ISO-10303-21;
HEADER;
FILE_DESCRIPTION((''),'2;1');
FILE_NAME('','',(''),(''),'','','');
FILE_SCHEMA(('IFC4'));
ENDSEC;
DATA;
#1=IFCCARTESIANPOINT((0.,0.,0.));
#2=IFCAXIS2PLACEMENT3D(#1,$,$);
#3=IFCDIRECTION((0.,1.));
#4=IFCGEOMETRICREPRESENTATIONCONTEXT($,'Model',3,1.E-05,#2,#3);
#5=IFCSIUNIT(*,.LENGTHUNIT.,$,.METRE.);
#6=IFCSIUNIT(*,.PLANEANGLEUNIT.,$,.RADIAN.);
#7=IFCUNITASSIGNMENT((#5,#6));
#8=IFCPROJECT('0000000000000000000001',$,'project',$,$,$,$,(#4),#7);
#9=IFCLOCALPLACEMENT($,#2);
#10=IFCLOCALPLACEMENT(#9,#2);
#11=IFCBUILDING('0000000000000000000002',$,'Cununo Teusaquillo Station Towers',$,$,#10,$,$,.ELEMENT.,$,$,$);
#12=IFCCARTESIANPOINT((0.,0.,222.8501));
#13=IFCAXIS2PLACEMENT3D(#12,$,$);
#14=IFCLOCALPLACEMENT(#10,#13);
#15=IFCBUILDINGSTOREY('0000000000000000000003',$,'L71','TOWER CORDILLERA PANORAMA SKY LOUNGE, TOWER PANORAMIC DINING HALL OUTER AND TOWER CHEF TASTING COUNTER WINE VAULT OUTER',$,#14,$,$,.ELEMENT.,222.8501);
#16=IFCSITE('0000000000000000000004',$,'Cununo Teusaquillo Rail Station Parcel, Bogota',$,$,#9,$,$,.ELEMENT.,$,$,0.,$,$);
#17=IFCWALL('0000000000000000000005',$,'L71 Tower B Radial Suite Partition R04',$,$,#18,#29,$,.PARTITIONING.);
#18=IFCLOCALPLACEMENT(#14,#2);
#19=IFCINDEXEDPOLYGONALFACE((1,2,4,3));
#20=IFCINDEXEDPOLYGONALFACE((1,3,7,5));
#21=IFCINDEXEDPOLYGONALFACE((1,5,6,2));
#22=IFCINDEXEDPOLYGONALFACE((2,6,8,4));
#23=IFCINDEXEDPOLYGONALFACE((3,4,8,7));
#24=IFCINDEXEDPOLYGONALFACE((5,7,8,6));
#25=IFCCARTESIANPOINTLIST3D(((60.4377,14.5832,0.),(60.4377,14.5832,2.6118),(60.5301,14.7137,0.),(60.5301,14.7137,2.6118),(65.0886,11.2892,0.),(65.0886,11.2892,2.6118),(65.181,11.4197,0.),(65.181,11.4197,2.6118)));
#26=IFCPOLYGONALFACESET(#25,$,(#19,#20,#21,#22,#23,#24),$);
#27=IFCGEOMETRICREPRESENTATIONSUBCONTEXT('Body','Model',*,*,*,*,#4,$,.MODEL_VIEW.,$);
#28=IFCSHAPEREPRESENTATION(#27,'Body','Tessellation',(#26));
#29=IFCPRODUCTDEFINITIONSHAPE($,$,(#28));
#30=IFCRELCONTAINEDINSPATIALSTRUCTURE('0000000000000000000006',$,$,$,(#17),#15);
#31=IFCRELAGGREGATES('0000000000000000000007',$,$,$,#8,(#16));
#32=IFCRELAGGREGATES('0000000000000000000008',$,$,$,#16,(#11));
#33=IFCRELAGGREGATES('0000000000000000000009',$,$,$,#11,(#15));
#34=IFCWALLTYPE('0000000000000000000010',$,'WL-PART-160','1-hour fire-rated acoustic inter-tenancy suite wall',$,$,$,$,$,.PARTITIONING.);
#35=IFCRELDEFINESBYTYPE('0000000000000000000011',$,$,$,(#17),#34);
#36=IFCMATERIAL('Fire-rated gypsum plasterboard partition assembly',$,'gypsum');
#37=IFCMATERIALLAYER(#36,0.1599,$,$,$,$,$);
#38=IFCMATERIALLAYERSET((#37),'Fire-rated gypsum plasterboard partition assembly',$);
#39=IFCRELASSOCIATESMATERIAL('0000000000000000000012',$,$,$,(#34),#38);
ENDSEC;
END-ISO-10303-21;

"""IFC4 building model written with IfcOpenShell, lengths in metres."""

from ifc_helpers import new_model, si_unit, direction, frame, frame_2d, origin, place, context, subcontext, project, spatial, rectangle, extrude, material, layer, layer_set, type_object, element, save


model = new_model("IFC4")

# Units and contexts
model_context = context("Model", 3, precision=1e-05, world=origin(), true_north=direction((0.0, 1.0)))
body_context = subcontext(model_context, "Body", "Model", "MODEL_VIEW")
ifc_project = project(units=[si_unit("LENGTHUNIT", "METRE"), si_unit("PLANEANGLEUNIT", "RADIAN")], contexts=[model_context])

# Site, building, storey
site_placement = place(None, origin())
site = spatial("IfcSite", under=ifc_project, at=site_placement, Name="Cununo Teusaquillo Rail Station Parcel, Bogota", CompositionType="ELEMENT", RefElevation=0.0)
building_placement = place(site_placement, origin())
building = spatial("IfcBuilding", under=site, at=building_placement, Name="Cununo Teusaquillo Station Towers", CompositionType="ELEMENT")
storey_placement = place(building_placement, frame((0.0, 0.0, 222.8501)))
storey = spatial("IfcBuildingStorey", under=building, at=storey_placement, Name="L71", Description="TOWER CORDILLERA PANORAMA SKY LOUNGE, TOWER PANORAMIC DINING HALL OUTER AND TOWER CHEF TASTING COUNTER WINE VAULT OUTER", CompositionType="ELEMENT", Elevation=222.8501)

# Wall
ifc_material_1 = material(Name="Fire-rated gypsum plasterboard partition assembly", Category="gypsum")
ifc_layer_1 = layer(ifc_material_1, 0.1599)
ifc_layer_set_1 = layer_set([ifc_layer_1], Name="Fire-rated gypsum plasterboard partition assembly")
wall_type_1 = type_object("IfcWallType", Name="WL-PART-160", Description="1-hour fire-rated acoustic inter-tenancy suite wall", PredefinedType="PARTITIONING", material=ifc_layer_set_1)
wall_1_placement = place(storey_placement, frame((60.4839, 14.6484, 0.0), z_axis=(0.0, 0.0, 1.0), x_axis=(0.81606, -0.577967, 0.0)))
element("IfcWall", 1, at=wall_1_placement, inside=storey, type_object=wall_type_1, Name="L71 Tower B Radial Suite Partition R04", PredefinedType="PARTITIONING", context=body_context, shape_type="SweptSolid", body=[
    extrude(rectangle(XDim=5.6992, YDim=0.1599, at=frame_2d((2.8496, 0.0))), origin(), (0.0, 0.0, 1.0), 2.6118),
])

save(model, "model.ifc")
